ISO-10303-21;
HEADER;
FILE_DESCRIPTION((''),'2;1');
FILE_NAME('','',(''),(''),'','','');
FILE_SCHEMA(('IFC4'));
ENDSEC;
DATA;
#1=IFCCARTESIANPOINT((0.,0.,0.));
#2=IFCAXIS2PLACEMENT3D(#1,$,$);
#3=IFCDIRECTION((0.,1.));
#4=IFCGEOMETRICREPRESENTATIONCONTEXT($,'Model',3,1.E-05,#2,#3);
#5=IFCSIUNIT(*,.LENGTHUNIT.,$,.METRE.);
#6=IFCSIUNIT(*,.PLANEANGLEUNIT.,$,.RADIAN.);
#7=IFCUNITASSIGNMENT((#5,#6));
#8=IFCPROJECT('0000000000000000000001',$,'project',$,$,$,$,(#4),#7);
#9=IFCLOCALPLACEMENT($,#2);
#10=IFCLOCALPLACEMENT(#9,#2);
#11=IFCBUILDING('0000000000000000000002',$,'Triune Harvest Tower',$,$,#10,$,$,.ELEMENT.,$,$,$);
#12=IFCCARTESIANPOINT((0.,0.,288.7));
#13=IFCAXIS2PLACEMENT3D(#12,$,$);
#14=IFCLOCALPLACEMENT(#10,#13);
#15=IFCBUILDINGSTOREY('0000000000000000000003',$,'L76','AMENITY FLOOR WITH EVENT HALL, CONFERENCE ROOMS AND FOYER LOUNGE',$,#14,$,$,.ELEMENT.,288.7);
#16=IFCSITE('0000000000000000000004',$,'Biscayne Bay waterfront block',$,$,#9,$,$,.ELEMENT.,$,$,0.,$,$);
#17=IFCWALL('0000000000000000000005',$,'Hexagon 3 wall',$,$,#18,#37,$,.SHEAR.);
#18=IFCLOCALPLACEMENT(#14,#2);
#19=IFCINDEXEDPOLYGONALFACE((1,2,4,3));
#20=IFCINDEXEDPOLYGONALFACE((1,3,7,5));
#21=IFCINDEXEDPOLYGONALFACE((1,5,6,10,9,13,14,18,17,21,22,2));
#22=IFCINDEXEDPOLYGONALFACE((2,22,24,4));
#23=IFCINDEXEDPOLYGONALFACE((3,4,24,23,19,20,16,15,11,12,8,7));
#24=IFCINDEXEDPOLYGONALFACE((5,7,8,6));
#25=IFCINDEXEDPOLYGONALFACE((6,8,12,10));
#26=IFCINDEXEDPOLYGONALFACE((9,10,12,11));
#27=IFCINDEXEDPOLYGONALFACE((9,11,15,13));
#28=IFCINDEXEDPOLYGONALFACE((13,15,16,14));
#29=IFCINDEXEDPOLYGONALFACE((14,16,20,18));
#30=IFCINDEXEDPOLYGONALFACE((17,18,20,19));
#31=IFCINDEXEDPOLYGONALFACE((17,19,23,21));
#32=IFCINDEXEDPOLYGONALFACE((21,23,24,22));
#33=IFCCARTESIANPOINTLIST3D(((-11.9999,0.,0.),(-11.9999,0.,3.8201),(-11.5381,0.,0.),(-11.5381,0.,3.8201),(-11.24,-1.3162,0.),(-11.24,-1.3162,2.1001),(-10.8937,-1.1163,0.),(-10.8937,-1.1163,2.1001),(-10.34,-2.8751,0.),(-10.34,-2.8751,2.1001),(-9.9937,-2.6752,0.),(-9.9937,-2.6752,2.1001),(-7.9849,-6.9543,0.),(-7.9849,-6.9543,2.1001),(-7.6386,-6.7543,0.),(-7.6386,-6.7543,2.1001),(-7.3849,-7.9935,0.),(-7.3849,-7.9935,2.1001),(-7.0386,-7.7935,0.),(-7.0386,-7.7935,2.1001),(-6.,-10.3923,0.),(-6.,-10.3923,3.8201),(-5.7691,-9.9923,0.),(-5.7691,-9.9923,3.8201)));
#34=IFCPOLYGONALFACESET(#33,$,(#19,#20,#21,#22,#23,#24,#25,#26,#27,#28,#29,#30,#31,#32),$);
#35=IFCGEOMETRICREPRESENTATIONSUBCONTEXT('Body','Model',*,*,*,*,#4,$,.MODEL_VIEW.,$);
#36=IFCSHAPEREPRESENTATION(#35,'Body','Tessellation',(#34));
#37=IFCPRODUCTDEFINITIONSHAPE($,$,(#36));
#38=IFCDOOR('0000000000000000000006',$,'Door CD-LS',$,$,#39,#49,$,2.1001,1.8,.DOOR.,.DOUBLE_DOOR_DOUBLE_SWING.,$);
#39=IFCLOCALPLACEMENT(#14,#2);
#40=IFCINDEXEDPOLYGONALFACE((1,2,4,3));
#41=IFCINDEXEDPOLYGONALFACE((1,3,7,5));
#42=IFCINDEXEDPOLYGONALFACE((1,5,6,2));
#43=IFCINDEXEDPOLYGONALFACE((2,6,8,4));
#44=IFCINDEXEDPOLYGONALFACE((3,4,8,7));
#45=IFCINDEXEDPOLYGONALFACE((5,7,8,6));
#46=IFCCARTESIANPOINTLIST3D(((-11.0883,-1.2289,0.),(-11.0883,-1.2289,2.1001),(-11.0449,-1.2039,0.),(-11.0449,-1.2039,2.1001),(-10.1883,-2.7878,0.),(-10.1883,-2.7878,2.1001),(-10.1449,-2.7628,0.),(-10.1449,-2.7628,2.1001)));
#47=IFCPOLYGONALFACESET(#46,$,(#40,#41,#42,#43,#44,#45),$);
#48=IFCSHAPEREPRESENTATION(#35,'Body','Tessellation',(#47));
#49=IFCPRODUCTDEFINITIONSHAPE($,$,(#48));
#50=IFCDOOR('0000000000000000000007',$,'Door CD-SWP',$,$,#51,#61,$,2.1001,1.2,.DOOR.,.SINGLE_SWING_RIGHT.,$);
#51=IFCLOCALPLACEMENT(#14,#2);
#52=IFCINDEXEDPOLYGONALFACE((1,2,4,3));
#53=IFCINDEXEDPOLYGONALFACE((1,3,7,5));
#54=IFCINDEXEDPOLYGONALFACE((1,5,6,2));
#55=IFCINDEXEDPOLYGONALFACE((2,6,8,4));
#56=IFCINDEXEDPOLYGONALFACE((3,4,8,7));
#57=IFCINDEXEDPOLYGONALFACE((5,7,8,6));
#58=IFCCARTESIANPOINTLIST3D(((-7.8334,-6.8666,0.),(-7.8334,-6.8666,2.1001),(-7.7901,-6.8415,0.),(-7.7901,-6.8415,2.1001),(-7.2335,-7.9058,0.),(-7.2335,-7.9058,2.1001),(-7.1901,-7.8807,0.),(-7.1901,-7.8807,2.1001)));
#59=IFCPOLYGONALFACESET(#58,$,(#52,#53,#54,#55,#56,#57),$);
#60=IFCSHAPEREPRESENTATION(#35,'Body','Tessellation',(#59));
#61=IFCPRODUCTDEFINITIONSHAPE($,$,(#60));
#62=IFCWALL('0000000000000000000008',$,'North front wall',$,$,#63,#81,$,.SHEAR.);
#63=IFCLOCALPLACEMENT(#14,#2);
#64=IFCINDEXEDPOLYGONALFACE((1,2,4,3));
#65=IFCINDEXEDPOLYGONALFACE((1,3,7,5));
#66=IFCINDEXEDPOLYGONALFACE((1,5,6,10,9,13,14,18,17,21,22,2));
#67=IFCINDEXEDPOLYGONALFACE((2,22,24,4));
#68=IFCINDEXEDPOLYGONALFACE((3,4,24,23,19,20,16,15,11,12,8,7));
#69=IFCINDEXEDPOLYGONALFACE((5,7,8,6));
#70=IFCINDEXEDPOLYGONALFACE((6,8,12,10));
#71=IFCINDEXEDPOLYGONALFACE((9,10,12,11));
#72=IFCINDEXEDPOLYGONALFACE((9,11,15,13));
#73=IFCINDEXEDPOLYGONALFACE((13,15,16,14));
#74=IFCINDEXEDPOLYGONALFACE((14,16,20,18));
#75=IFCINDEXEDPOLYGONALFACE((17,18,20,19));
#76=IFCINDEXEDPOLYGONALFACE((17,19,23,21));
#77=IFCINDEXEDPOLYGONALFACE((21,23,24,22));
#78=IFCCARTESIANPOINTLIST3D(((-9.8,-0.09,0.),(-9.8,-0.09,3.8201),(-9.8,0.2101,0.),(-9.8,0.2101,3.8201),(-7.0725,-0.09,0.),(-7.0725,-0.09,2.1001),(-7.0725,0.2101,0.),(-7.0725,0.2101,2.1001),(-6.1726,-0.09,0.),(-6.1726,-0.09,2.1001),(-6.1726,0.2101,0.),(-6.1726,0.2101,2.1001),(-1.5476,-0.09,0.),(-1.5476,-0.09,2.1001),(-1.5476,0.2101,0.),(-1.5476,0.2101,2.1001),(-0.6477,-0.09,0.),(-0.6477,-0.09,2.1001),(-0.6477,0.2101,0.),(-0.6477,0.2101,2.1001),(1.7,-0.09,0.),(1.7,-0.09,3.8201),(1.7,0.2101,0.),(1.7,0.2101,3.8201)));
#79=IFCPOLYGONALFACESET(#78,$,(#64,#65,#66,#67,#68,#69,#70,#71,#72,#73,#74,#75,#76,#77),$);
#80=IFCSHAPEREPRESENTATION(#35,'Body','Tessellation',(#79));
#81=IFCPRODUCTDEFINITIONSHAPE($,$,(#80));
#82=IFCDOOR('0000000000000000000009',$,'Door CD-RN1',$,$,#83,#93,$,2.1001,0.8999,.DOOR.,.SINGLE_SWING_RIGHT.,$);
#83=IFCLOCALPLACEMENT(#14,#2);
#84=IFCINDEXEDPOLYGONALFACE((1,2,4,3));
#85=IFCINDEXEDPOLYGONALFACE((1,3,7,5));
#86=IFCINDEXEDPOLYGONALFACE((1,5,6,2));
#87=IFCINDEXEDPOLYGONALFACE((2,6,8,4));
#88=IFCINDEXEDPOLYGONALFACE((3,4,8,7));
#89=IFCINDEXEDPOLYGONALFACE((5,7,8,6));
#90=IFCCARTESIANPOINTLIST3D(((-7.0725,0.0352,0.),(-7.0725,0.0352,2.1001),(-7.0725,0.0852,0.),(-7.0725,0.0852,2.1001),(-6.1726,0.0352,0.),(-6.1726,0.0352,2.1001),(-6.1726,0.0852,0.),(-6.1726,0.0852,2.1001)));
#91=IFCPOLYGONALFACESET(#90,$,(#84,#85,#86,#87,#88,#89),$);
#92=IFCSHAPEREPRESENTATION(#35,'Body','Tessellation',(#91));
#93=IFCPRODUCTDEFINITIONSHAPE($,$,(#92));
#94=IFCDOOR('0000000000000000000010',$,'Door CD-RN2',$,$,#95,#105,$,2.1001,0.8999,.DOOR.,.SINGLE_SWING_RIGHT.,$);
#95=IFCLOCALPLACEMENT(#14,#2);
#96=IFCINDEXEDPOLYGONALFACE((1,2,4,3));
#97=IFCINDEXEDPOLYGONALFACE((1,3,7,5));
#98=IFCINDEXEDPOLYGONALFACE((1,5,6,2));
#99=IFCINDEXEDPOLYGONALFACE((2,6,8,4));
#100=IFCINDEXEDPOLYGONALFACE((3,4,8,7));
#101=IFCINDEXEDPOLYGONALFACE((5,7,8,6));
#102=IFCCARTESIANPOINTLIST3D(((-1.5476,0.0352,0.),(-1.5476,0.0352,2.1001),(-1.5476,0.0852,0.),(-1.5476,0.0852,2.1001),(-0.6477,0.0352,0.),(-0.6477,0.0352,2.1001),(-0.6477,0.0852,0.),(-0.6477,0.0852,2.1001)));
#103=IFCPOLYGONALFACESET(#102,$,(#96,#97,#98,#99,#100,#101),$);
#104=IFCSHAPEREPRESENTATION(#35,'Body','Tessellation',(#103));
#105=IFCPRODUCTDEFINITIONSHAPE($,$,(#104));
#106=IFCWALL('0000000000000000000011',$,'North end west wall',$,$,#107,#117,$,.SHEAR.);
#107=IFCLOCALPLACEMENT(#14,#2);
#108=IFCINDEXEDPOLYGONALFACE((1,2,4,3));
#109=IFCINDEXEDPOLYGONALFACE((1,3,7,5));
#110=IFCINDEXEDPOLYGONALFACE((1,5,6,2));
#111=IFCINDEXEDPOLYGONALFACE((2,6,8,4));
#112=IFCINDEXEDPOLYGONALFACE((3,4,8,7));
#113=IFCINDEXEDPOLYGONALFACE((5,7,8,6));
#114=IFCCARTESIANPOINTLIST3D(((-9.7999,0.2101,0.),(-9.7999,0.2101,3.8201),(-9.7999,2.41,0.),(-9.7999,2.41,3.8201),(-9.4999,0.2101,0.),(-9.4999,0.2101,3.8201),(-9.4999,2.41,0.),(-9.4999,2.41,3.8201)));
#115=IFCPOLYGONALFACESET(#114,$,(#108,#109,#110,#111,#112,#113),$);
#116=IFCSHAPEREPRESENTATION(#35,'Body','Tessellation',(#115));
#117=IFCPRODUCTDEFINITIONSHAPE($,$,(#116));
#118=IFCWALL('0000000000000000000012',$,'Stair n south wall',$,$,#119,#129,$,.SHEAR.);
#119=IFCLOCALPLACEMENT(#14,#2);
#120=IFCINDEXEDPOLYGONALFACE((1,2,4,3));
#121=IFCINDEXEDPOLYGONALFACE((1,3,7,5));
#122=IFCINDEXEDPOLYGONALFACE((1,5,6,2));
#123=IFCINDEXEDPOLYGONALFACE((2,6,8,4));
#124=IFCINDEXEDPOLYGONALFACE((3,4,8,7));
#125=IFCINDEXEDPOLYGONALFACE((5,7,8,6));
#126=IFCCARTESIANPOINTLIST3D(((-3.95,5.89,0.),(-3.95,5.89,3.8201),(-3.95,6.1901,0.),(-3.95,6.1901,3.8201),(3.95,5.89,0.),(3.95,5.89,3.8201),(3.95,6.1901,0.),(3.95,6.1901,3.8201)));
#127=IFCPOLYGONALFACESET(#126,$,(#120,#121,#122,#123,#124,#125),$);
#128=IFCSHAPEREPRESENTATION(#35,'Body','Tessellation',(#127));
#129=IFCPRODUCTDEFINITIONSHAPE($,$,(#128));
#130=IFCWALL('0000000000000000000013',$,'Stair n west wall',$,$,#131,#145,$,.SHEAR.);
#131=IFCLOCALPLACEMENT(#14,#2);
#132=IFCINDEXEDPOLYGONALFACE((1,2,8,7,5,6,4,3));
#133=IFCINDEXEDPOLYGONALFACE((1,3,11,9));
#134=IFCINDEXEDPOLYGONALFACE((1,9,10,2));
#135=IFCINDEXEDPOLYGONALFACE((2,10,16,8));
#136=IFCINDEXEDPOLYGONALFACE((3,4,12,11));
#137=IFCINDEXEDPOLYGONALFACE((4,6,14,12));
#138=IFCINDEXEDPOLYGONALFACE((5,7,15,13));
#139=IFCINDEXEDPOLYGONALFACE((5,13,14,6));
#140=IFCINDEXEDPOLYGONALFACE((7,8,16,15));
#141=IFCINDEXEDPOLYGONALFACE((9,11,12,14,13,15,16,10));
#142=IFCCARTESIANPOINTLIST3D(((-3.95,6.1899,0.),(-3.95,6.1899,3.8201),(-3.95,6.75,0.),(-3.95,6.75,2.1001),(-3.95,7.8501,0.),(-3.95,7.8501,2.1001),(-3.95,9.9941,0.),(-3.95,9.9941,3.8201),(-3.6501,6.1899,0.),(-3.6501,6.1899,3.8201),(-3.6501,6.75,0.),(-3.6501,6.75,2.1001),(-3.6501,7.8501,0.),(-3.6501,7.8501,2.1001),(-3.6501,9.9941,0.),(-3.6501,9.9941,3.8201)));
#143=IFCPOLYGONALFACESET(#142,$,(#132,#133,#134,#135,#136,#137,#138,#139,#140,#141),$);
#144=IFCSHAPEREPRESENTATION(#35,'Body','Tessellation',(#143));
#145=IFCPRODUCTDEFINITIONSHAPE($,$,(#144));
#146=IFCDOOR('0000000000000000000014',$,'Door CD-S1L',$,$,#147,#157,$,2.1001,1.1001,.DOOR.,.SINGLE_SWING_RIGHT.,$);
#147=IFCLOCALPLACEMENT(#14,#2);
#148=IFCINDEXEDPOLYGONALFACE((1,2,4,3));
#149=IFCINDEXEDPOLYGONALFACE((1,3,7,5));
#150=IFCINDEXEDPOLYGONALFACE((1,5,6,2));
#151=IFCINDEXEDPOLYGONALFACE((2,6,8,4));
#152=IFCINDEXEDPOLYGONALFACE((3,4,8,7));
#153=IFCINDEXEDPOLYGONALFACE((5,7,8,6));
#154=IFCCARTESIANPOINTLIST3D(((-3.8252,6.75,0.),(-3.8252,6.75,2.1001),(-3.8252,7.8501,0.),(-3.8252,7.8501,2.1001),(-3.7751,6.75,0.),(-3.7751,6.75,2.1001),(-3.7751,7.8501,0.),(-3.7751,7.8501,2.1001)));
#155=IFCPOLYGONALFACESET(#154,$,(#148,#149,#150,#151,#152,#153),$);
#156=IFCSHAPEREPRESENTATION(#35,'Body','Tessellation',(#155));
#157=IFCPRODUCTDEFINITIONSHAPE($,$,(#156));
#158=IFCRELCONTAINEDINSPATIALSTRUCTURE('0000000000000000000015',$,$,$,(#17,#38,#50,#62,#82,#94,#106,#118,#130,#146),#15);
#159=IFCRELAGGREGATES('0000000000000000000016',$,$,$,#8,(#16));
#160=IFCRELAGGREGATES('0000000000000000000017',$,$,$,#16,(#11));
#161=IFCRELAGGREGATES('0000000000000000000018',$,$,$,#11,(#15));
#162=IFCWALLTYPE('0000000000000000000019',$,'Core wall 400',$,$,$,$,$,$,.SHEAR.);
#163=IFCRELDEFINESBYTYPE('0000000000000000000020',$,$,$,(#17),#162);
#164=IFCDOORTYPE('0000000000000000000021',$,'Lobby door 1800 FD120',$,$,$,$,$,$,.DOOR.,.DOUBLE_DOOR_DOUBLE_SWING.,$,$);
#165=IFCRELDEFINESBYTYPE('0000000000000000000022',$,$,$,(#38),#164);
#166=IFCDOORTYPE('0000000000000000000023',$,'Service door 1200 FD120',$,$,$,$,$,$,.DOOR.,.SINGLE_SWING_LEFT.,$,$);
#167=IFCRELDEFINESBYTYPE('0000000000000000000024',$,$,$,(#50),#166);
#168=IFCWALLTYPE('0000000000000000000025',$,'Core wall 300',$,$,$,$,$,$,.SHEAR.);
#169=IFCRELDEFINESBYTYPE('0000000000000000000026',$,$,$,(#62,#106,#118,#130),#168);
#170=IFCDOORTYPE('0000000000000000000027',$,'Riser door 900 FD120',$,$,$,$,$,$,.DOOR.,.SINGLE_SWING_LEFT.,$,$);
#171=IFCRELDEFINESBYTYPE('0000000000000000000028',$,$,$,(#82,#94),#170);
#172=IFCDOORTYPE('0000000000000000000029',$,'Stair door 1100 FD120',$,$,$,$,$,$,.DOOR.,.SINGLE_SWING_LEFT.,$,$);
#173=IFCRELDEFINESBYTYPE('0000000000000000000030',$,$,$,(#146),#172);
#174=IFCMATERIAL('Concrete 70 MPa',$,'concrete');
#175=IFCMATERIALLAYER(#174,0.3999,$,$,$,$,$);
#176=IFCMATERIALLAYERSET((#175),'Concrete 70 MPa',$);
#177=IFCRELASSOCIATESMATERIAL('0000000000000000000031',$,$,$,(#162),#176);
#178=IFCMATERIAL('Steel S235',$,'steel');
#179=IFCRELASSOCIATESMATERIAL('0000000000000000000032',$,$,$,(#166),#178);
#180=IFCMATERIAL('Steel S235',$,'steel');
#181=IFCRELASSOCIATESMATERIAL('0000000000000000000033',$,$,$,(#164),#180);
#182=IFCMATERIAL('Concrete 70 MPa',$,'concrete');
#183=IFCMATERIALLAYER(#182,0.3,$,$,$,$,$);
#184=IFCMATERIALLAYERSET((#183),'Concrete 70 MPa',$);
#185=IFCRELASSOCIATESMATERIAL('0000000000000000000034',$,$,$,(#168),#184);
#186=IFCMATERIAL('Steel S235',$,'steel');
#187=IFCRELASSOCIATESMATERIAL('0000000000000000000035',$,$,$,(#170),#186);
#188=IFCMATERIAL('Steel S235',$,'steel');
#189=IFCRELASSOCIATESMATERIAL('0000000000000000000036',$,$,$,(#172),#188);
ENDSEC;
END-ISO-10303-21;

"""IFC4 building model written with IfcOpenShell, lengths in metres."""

from ifc_helpers import new_model, si_unit, direction, frame, frame_2d, origin, place, context, subcontext, project, spatial, polyline, rectangle, outline, extrude, source, transform, mapped, material, layer, layer_set, type_object, element, fill, save


model = new_model("IFC4")

# Units and contexts
model_context = context("Model", 3, precision=1e-05, world=origin(), true_north=direction((0.0, 1.0)))
body_context = subcontext(model_context, "Body", "Model", "MODEL_VIEW")
ifc_project = project(units=[si_unit("LENGTHUNIT", "METRE"), si_unit("PLANEANGLEUNIT", "RADIAN")], contexts=[model_context])

# Site, building, storey
site_placement = place(None, origin())
site = spatial("IfcSite", under=ifc_project, at=site_placement, Name="Biscayne Bay waterfront block", CompositionType="ELEMENT", RefElevation=0.0)
building_placement = place(site_placement, origin())
building = spatial("IfcBuilding", under=site, at=building_placement, Name="Triune Harvest Tower", CompositionType="ELEMENT")
storey_placement = place(building_placement, frame((0.0, 0.0, 288.7)))
storey = spatial("IfcBuildingStorey", under=building, at=storey_placement, Name="L76", Description="AMENITY FLOOR WITH EVENT HALL, CONFERENCE ROOMS AND FOYER LOUNGE", CompositionType="ELEMENT", Elevation=288.7)

# Shared definitions
ifc_material_1 = material(Name="Concrete 70 MPa", Category="concrete")
ifc_layer_1 = layer(ifc_material_1, 0.3999)
ifc_layer_set_1 = layer_set([ifc_layer_1], Name="Concrete 70 MPa")
wall_type_1 = type_object("IfcWallType", Name="Core wall 400", PredefinedType="SHEAR", material=ifc_layer_set_1)
shared_shape_1 = source(origin(), body_context, "Body", "SweptSolid", [
    extrude(outline(polyline([(-0.1155, -0.2), (11.8845, -0.2), (11.6536, 0.2), (0.1155, 0.2), (-0.1155, -0.2)])), origin(), (0.0, 0.0, 1.0), 3.8201),
])
ifc_material_2 = material(Name="Steel S235", Category="steel")
door_type_1 = type_object("IfcDoorType", Name="Service door 1200 FD120", OperationType="SINGLE_SWING_LEFT", PredefinedType="DOOR", material=ifc_material_2)

# Walls, openings, doors
wall_1_placement = place(storey_placement, frame((-11.769, 0.0, 0.0), z_axis=(0.0, 0.0, 1.0), x_axis=(0.499997, -0.866027, 0.0)))
wall_1 = element("IfcWall", 1, at=wall_1_placement, inside=storey, type_object=wall_type_1, Name="Hexagon 3 wall", PredefinedType="SHEAR", context=body_context, shape_type="MappedRepresentation", body=[
    mapped(shared_shape_1, transform((0.0, 0.0, 0.0), scale=1.0)),
])
opening_1_placement = place(wall_1_placement, frame((1.4045, 0.0, 0.0)))
opening_1 = element("IfcOpeningElement", 2, at=opening_1_placement, cuts=wall_1, PredefinedType="OPENING", context=body_context, shape_type="SweptSolid", body=[
    extrude(rectangle(XDim=1.8, YDim=2.1001, at=frame_2d((0.8999, 1.05))), frame((0.0, 0.21, 0.0), z_axis=(0.0, -1.0, 0.0), x_axis=(1.0, 0.0, 0.0)), (0.0, 0.0, 1.0), 0.4199),
])
opening_2_placement = place(wall_1_placement, frame((7.9146, 0.0, 0.0)))
opening_2 = element("IfcOpeningElement", 3, at=opening_2_placement, cuts=wall_1, PredefinedType="OPENING", context=body_context, shape_type="SweptSolid", body=[
    extrude(rectangle(XDim=1.2, YDim=2.1001, at=frame_2d((0.6001, 1.05))), frame((0.0, 0.21, 0.0), z_axis=(0.0, -1.0, 0.0), x_axis=(1.0, 0.0, 0.0)), (0.0, 0.0, 1.0), 0.4199),
])
ifc_material_3 = material(Name="Steel S235", Category="steel")
door_type_2 = type_object("IfcDoorType", Name="Lobby door 1800 FD120", OperationType="DOUBLE_DOOR_DOUBLE_SWING", PredefinedType="DOOR", material=ifc_material_3)
door_1_placement = place(opening_1_placement, frame((1.8, 0.0, 0.0), z_axis=(0.0, 0.0, 1.0), x_axis=(-1.0, 0.0, 0.0)))
door_1 = element("IfcDoor", 4, at=door_1_placement, inside=storey, type_object=door_type_2, Name="Door CD-LS", OperationType="DOUBLE_DOOR_DOUBLE_SWING", OverallHeight=2.1001, OverallWidth=1.8, PredefinedType="DOOR", context=body_context, shape_type="SweptSolid", body=[
    extrude(rectangle(XDim=1.8, YDim=2.1001, at=frame_2d((0.8999, 1.05))), frame((0.0, 0.0249, 0.0), z_axis=(0.0, -1.0, 0.0), x_axis=(1.0, 0.0, 0.0)), (0.0, 0.0, 1.0), 0.05),
])
fill(opening_1, door_1)
door_2_placement = place(opening_2_placement, frame((1.2, 0.0, 0.0), z_axis=(0.0, 0.0, 1.0), x_axis=(-1.0, 0.0, 0.0)))
door_2 = element("IfcDoor", 5, at=door_2_placement, inside=storey, type_object=door_type_1, Name="Door CD-SWP", OperationType="SINGLE_SWING_RIGHT", OverallHeight=2.1001, OverallWidth=1.2, PredefinedType="DOOR", context=body_context, shape_type="SweptSolid", body=[
    extrude(rectangle(XDim=1.2, YDim=2.1001, at=frame_2d((0.6001, 1.05))), frame((0.0, 0.0249, 0.0), z_axis=(0.0, -1.0, 0.0), x_axis=(1.0, 0.0, 0.0)), (0.0, 0.0, 1.0), 0.05),
])
fill(opening_2, door_2)
ifc_material_4 = material(Name="Concrete 70 MPa", Category="concrete")
ifc_layer_2 = layer(ifc_material_4, 0.3)
ifc_layer_set_2 = layer_set([ifc_layer_2], Name="Concrete 70 MPa")
wall_type_2 = type_object("IfcWallType", Name="Core wall 300", PredefinedType="SHEAR", material=ifc_layer_set_2)
shared_shape_2 = source(origin(), body_context, "Body", "SweptSolid", [
    extrude(rectangle(XDim=11.5, YDim=0.3, at=frame_2d((5.75, 0.0))), origin(), (0.0, 0.0, 1.0), 3.8201),
])
wall_2_placement = place(storey_placement, frame((-9.8, 0.0601, 0.0), z_axis=(0.0, 0.0, 1.0), x_axis=(1.0, 0.0, 0.0)))
wall_2 = element("IfcWall", 6, at=wall_2_placement, inside=storey, type_object=wall_type_2, Name="North front wall", PredefinedType="SHEAR", context=body_context, shape_type="MappedRepresentation", body=[
    mapped(shared_shape_2, transform((0.0, 0.0, 0.0), scale=1.0)),
])
opening_3_placement = place(wall_2_placement, frame((2.7275, 0.0, 0.0)))
opening_3 = element("IfcOpeningElement", 7, at=opening_3_placement, cuts=wall_2, PredefinedType="OPENING", context=body_context, shape_type="SweptSolid", body=[
    extrude(rectangle(XDim=0.8999, YDim=2.1001, at=frame_2d((0.45, 1.05))), frame((0.0, 0.1602, 0.0), z_axis=(0.0, -1.0, 0.0), x_axis=(1.0, 0.0, 0.0)), (0.0, 0.0, 1.0), 0.3201),
])
opening_4_placement = place(wall_2_placement, frame((8.2524, 0.0, 0.0)))
opening_4 = element("IfcOpeningElement", 8, at=opening_4_placement, cuts=wall_2, PredefinedType="OPENING", context=body_context, shape_type="SweptSolid", body=[
    extrude(rectangle(XDim=0.8999, YDim=2.1001, at=frame_2d((0.45, 1.05))), frame((0.0, 0.1602, 0.0), z_axis=(0.0, -1.0, 0.0), x_axis=(1.0, 0.0, 0.0)), (0.0, 0.0, 1.0), 0.3201),
])
ifc_material_5 = material(Name="Steel S235", Category="steel")
door_type_3 = type_object("IfcDoorType", Name="Riser door 900 FD120", OperationType="SINGLE_SWING_LEFT", PredefinedType="DOOR", material=ifc_material_5)
door_3_placement = place(opening_3_placement, frame((0.8999, 0.0, 0.0), z_axis=(0.0, 0.0, 1.0), x_axis=(-1.0, 0.0, 0.0)))
door_3 = element("IfcDoor", 9, at=door_3_placement, inside=storey, type_object=door_type_3, Name="Door CD-RN1", OperationType="SINGLE_SWING_RIGHT", OverallHeight=2.1001, OverallWidth=0.8999, PredefinedType="DOOR", context=body_context, shape_type="SweptSolid", body=[
    extrude(rectangle(XDim=0.8999, YDim=2.1001, at=frame_2d((0.45, 1.05))), frame((0.0, 0.0249, 0.0), z_axis=(0.0, -1.0, 0.0), x_axis=(1.0, 0.0, 0.0)), (0.0, 0.0, 1.0), 0.05),
])
fill(opening_3, door_3)
door_4_placement = place(opening_4_placement, frame((0.8999, 0.0, 0.0), z_axis=(0.0, 0.0, 1.0), x_axis=(-1.0, 0.0, 0.0)))
door_4 = element("IfcDoor", 10, at=door_4_placement, inside=storey, type_object=door_type_3, Name="Door CD-RN2", OperationType="SINGLE_SWING_RIGHT", OverallHeight=2.1001, OverallWidth=0.8999, PredefinedType="DOOR", context=body_context, shape_type="SweptSolid", body=[
    extrude(rectangle(XDim=0.8999, YDim=2.1001, at=frame_2d((0.45, 1.05))), frame((0.0, 0.0249, 0.0), z_axis=(0.0, -1.0, 0.0), x_axis=(1.0, 0.0, 0.0)), (0.0, 0.0, 1.0), 0.05),
])
fill(opening_4, door_4)

# Walls
shared_shape_3 = source(origin(), body_context, "Body", "SweptSolid", [
    extrude(rectangle(XDim=2.2, YDim=0.3, at=frame_2d((1.1001, 0.0))), origin(), (0.0, 0.0, 1.0), 3.8201),
])
wall_3_placement = place(storey_placement, frame((-9.6499, 0.21, 0.0), z_axis=(0.0, 0.0, 1.0), x_axis=(0.0, 1.0, 0.0)))
element("IfcWall", 11, at=wall_3_placement, inside=storey, type_object=wall_type_2, Name="North end west wall", PredefinedType="SHEAR", context=body_context, shape_type="MappedRepresentation", body=[
    mapped(shared_shape_3, transform((0.0, 0.0, 0.0), scale=1.0)),
])
shared_shape_4 = source(origin(), body_context, "Body", "SweptSolid", [
    extrude(rectangle(XDim=7.8999, YDim=0.3, at=frame_2d((3.95, 0.0))), origin(), (0.0, 0.0, 1.0), 3.8201),
])
wall_4_placement = place(storey_placement, frame((-3.95, 6.04, 0.0), z_axis=(0.0, 0.0, 1.0), x_axis=(1.0, 0.0, 0.0)))
element("IfcWall", 12, at=wall_4_placement, inside=storey, type_object=wall_type_2, Name="Stair n south wall", PredefinedType="SHEAR", context=body_context, shape_type="MappedRepresentation", body=[
    mapped(shared_shape_4, transform((0.0, 0.0, 0.0), scale=1.0)),
])

# Wall, opening, door
shared_shape_5 = source(origin(), body_context, "Body", "SweptSolid", [
    extrude(outline(polyline([(0.0, -0.1499), (0.0, 0.1499), (3.8042, 0.1499), (3.8042, -0.1499), (0.0, -0.1499)])), origin(), (0.0, 0.0, 1.0), 3.8201),
])
wall_5_placement = place(storey_placement, frame((-3.8, 6.1899, 0.0), z_axis=(0.0, 0.0, 1.0), x_axis=(0.0, 1.0, 0.0)))
wall_5 = element("IfcWall", 13, at=wall_5_placement, inside=storey, type_object=wall_type_2, Name="Stair n west wall", PredefinedType="SHEAR", context=body_context, shape_type="MappedRepresentation", body=[
    mapped(shared_shape_5, transform((0.0, 0.0, 0.0), scale=1.0)),
])
opening_5_placement = place(wall_5_placement, frame((0.5601, 0.0, 0.0)))
opening_5 = element("IfcOpeningElement", 14, at=opening_5_placement, cuts=wall_5, PredefinedType="OPENING", context=body_context, shape_type="SweptSolid", body=[
    extrude(rectangle(XDim=1.1001, YDim=2.1001, at=frame_2d((0.55, 1.05))), frame((0.0, 0.1602, 0.0), z_axis=(0.0, -1.0, 0.0), x_axis=(1.0, 0.0, 0.0)), (0.0, 0.0, 1.0), 0.3201),
])
ifc_material_6 = material(Name="Steel S235", Category="steel")
door_type_4 = type_object("IfcDoorType", Name="Stair door 1100 FD120", OperationType="SINGLE_SWING_LEFT", PredefinedType="DOOR", material=ifc_material_6)
door_5_placement = place(opening_5_placement, frame((1.1001, 0.0, 0.0), z_axis=(0.0, 0.0, 1.0), x_axis=(-1.0, 0.0, 0.0)))
door_5 = element("IfcDoor", 15, at=door_5_placement, inside=storey, type_object=door_type_4, Name="Door CD-S1L", OperationType="SINGLE_SWING_RIGHT", OverallHeight=2.1001, OverallWidth=1.1001, PredefinedType="DOOR", context=body_context, shape_type="SweptSolid", body=[
    extrude(rectangle(XDim=1.1001, YDim=2.1001, at=frame_2d((0.55, 1.05))), frame((0.0, 0.0249, 0.0), z_axis=(0.0, -1.0, 0.0), x_axis=(1.0, 0.0, 0.0)), (0.0, 0.0, 1.0), 0.05),
])
fill(opening_5, door_5)

save(model, "model.ifc")
